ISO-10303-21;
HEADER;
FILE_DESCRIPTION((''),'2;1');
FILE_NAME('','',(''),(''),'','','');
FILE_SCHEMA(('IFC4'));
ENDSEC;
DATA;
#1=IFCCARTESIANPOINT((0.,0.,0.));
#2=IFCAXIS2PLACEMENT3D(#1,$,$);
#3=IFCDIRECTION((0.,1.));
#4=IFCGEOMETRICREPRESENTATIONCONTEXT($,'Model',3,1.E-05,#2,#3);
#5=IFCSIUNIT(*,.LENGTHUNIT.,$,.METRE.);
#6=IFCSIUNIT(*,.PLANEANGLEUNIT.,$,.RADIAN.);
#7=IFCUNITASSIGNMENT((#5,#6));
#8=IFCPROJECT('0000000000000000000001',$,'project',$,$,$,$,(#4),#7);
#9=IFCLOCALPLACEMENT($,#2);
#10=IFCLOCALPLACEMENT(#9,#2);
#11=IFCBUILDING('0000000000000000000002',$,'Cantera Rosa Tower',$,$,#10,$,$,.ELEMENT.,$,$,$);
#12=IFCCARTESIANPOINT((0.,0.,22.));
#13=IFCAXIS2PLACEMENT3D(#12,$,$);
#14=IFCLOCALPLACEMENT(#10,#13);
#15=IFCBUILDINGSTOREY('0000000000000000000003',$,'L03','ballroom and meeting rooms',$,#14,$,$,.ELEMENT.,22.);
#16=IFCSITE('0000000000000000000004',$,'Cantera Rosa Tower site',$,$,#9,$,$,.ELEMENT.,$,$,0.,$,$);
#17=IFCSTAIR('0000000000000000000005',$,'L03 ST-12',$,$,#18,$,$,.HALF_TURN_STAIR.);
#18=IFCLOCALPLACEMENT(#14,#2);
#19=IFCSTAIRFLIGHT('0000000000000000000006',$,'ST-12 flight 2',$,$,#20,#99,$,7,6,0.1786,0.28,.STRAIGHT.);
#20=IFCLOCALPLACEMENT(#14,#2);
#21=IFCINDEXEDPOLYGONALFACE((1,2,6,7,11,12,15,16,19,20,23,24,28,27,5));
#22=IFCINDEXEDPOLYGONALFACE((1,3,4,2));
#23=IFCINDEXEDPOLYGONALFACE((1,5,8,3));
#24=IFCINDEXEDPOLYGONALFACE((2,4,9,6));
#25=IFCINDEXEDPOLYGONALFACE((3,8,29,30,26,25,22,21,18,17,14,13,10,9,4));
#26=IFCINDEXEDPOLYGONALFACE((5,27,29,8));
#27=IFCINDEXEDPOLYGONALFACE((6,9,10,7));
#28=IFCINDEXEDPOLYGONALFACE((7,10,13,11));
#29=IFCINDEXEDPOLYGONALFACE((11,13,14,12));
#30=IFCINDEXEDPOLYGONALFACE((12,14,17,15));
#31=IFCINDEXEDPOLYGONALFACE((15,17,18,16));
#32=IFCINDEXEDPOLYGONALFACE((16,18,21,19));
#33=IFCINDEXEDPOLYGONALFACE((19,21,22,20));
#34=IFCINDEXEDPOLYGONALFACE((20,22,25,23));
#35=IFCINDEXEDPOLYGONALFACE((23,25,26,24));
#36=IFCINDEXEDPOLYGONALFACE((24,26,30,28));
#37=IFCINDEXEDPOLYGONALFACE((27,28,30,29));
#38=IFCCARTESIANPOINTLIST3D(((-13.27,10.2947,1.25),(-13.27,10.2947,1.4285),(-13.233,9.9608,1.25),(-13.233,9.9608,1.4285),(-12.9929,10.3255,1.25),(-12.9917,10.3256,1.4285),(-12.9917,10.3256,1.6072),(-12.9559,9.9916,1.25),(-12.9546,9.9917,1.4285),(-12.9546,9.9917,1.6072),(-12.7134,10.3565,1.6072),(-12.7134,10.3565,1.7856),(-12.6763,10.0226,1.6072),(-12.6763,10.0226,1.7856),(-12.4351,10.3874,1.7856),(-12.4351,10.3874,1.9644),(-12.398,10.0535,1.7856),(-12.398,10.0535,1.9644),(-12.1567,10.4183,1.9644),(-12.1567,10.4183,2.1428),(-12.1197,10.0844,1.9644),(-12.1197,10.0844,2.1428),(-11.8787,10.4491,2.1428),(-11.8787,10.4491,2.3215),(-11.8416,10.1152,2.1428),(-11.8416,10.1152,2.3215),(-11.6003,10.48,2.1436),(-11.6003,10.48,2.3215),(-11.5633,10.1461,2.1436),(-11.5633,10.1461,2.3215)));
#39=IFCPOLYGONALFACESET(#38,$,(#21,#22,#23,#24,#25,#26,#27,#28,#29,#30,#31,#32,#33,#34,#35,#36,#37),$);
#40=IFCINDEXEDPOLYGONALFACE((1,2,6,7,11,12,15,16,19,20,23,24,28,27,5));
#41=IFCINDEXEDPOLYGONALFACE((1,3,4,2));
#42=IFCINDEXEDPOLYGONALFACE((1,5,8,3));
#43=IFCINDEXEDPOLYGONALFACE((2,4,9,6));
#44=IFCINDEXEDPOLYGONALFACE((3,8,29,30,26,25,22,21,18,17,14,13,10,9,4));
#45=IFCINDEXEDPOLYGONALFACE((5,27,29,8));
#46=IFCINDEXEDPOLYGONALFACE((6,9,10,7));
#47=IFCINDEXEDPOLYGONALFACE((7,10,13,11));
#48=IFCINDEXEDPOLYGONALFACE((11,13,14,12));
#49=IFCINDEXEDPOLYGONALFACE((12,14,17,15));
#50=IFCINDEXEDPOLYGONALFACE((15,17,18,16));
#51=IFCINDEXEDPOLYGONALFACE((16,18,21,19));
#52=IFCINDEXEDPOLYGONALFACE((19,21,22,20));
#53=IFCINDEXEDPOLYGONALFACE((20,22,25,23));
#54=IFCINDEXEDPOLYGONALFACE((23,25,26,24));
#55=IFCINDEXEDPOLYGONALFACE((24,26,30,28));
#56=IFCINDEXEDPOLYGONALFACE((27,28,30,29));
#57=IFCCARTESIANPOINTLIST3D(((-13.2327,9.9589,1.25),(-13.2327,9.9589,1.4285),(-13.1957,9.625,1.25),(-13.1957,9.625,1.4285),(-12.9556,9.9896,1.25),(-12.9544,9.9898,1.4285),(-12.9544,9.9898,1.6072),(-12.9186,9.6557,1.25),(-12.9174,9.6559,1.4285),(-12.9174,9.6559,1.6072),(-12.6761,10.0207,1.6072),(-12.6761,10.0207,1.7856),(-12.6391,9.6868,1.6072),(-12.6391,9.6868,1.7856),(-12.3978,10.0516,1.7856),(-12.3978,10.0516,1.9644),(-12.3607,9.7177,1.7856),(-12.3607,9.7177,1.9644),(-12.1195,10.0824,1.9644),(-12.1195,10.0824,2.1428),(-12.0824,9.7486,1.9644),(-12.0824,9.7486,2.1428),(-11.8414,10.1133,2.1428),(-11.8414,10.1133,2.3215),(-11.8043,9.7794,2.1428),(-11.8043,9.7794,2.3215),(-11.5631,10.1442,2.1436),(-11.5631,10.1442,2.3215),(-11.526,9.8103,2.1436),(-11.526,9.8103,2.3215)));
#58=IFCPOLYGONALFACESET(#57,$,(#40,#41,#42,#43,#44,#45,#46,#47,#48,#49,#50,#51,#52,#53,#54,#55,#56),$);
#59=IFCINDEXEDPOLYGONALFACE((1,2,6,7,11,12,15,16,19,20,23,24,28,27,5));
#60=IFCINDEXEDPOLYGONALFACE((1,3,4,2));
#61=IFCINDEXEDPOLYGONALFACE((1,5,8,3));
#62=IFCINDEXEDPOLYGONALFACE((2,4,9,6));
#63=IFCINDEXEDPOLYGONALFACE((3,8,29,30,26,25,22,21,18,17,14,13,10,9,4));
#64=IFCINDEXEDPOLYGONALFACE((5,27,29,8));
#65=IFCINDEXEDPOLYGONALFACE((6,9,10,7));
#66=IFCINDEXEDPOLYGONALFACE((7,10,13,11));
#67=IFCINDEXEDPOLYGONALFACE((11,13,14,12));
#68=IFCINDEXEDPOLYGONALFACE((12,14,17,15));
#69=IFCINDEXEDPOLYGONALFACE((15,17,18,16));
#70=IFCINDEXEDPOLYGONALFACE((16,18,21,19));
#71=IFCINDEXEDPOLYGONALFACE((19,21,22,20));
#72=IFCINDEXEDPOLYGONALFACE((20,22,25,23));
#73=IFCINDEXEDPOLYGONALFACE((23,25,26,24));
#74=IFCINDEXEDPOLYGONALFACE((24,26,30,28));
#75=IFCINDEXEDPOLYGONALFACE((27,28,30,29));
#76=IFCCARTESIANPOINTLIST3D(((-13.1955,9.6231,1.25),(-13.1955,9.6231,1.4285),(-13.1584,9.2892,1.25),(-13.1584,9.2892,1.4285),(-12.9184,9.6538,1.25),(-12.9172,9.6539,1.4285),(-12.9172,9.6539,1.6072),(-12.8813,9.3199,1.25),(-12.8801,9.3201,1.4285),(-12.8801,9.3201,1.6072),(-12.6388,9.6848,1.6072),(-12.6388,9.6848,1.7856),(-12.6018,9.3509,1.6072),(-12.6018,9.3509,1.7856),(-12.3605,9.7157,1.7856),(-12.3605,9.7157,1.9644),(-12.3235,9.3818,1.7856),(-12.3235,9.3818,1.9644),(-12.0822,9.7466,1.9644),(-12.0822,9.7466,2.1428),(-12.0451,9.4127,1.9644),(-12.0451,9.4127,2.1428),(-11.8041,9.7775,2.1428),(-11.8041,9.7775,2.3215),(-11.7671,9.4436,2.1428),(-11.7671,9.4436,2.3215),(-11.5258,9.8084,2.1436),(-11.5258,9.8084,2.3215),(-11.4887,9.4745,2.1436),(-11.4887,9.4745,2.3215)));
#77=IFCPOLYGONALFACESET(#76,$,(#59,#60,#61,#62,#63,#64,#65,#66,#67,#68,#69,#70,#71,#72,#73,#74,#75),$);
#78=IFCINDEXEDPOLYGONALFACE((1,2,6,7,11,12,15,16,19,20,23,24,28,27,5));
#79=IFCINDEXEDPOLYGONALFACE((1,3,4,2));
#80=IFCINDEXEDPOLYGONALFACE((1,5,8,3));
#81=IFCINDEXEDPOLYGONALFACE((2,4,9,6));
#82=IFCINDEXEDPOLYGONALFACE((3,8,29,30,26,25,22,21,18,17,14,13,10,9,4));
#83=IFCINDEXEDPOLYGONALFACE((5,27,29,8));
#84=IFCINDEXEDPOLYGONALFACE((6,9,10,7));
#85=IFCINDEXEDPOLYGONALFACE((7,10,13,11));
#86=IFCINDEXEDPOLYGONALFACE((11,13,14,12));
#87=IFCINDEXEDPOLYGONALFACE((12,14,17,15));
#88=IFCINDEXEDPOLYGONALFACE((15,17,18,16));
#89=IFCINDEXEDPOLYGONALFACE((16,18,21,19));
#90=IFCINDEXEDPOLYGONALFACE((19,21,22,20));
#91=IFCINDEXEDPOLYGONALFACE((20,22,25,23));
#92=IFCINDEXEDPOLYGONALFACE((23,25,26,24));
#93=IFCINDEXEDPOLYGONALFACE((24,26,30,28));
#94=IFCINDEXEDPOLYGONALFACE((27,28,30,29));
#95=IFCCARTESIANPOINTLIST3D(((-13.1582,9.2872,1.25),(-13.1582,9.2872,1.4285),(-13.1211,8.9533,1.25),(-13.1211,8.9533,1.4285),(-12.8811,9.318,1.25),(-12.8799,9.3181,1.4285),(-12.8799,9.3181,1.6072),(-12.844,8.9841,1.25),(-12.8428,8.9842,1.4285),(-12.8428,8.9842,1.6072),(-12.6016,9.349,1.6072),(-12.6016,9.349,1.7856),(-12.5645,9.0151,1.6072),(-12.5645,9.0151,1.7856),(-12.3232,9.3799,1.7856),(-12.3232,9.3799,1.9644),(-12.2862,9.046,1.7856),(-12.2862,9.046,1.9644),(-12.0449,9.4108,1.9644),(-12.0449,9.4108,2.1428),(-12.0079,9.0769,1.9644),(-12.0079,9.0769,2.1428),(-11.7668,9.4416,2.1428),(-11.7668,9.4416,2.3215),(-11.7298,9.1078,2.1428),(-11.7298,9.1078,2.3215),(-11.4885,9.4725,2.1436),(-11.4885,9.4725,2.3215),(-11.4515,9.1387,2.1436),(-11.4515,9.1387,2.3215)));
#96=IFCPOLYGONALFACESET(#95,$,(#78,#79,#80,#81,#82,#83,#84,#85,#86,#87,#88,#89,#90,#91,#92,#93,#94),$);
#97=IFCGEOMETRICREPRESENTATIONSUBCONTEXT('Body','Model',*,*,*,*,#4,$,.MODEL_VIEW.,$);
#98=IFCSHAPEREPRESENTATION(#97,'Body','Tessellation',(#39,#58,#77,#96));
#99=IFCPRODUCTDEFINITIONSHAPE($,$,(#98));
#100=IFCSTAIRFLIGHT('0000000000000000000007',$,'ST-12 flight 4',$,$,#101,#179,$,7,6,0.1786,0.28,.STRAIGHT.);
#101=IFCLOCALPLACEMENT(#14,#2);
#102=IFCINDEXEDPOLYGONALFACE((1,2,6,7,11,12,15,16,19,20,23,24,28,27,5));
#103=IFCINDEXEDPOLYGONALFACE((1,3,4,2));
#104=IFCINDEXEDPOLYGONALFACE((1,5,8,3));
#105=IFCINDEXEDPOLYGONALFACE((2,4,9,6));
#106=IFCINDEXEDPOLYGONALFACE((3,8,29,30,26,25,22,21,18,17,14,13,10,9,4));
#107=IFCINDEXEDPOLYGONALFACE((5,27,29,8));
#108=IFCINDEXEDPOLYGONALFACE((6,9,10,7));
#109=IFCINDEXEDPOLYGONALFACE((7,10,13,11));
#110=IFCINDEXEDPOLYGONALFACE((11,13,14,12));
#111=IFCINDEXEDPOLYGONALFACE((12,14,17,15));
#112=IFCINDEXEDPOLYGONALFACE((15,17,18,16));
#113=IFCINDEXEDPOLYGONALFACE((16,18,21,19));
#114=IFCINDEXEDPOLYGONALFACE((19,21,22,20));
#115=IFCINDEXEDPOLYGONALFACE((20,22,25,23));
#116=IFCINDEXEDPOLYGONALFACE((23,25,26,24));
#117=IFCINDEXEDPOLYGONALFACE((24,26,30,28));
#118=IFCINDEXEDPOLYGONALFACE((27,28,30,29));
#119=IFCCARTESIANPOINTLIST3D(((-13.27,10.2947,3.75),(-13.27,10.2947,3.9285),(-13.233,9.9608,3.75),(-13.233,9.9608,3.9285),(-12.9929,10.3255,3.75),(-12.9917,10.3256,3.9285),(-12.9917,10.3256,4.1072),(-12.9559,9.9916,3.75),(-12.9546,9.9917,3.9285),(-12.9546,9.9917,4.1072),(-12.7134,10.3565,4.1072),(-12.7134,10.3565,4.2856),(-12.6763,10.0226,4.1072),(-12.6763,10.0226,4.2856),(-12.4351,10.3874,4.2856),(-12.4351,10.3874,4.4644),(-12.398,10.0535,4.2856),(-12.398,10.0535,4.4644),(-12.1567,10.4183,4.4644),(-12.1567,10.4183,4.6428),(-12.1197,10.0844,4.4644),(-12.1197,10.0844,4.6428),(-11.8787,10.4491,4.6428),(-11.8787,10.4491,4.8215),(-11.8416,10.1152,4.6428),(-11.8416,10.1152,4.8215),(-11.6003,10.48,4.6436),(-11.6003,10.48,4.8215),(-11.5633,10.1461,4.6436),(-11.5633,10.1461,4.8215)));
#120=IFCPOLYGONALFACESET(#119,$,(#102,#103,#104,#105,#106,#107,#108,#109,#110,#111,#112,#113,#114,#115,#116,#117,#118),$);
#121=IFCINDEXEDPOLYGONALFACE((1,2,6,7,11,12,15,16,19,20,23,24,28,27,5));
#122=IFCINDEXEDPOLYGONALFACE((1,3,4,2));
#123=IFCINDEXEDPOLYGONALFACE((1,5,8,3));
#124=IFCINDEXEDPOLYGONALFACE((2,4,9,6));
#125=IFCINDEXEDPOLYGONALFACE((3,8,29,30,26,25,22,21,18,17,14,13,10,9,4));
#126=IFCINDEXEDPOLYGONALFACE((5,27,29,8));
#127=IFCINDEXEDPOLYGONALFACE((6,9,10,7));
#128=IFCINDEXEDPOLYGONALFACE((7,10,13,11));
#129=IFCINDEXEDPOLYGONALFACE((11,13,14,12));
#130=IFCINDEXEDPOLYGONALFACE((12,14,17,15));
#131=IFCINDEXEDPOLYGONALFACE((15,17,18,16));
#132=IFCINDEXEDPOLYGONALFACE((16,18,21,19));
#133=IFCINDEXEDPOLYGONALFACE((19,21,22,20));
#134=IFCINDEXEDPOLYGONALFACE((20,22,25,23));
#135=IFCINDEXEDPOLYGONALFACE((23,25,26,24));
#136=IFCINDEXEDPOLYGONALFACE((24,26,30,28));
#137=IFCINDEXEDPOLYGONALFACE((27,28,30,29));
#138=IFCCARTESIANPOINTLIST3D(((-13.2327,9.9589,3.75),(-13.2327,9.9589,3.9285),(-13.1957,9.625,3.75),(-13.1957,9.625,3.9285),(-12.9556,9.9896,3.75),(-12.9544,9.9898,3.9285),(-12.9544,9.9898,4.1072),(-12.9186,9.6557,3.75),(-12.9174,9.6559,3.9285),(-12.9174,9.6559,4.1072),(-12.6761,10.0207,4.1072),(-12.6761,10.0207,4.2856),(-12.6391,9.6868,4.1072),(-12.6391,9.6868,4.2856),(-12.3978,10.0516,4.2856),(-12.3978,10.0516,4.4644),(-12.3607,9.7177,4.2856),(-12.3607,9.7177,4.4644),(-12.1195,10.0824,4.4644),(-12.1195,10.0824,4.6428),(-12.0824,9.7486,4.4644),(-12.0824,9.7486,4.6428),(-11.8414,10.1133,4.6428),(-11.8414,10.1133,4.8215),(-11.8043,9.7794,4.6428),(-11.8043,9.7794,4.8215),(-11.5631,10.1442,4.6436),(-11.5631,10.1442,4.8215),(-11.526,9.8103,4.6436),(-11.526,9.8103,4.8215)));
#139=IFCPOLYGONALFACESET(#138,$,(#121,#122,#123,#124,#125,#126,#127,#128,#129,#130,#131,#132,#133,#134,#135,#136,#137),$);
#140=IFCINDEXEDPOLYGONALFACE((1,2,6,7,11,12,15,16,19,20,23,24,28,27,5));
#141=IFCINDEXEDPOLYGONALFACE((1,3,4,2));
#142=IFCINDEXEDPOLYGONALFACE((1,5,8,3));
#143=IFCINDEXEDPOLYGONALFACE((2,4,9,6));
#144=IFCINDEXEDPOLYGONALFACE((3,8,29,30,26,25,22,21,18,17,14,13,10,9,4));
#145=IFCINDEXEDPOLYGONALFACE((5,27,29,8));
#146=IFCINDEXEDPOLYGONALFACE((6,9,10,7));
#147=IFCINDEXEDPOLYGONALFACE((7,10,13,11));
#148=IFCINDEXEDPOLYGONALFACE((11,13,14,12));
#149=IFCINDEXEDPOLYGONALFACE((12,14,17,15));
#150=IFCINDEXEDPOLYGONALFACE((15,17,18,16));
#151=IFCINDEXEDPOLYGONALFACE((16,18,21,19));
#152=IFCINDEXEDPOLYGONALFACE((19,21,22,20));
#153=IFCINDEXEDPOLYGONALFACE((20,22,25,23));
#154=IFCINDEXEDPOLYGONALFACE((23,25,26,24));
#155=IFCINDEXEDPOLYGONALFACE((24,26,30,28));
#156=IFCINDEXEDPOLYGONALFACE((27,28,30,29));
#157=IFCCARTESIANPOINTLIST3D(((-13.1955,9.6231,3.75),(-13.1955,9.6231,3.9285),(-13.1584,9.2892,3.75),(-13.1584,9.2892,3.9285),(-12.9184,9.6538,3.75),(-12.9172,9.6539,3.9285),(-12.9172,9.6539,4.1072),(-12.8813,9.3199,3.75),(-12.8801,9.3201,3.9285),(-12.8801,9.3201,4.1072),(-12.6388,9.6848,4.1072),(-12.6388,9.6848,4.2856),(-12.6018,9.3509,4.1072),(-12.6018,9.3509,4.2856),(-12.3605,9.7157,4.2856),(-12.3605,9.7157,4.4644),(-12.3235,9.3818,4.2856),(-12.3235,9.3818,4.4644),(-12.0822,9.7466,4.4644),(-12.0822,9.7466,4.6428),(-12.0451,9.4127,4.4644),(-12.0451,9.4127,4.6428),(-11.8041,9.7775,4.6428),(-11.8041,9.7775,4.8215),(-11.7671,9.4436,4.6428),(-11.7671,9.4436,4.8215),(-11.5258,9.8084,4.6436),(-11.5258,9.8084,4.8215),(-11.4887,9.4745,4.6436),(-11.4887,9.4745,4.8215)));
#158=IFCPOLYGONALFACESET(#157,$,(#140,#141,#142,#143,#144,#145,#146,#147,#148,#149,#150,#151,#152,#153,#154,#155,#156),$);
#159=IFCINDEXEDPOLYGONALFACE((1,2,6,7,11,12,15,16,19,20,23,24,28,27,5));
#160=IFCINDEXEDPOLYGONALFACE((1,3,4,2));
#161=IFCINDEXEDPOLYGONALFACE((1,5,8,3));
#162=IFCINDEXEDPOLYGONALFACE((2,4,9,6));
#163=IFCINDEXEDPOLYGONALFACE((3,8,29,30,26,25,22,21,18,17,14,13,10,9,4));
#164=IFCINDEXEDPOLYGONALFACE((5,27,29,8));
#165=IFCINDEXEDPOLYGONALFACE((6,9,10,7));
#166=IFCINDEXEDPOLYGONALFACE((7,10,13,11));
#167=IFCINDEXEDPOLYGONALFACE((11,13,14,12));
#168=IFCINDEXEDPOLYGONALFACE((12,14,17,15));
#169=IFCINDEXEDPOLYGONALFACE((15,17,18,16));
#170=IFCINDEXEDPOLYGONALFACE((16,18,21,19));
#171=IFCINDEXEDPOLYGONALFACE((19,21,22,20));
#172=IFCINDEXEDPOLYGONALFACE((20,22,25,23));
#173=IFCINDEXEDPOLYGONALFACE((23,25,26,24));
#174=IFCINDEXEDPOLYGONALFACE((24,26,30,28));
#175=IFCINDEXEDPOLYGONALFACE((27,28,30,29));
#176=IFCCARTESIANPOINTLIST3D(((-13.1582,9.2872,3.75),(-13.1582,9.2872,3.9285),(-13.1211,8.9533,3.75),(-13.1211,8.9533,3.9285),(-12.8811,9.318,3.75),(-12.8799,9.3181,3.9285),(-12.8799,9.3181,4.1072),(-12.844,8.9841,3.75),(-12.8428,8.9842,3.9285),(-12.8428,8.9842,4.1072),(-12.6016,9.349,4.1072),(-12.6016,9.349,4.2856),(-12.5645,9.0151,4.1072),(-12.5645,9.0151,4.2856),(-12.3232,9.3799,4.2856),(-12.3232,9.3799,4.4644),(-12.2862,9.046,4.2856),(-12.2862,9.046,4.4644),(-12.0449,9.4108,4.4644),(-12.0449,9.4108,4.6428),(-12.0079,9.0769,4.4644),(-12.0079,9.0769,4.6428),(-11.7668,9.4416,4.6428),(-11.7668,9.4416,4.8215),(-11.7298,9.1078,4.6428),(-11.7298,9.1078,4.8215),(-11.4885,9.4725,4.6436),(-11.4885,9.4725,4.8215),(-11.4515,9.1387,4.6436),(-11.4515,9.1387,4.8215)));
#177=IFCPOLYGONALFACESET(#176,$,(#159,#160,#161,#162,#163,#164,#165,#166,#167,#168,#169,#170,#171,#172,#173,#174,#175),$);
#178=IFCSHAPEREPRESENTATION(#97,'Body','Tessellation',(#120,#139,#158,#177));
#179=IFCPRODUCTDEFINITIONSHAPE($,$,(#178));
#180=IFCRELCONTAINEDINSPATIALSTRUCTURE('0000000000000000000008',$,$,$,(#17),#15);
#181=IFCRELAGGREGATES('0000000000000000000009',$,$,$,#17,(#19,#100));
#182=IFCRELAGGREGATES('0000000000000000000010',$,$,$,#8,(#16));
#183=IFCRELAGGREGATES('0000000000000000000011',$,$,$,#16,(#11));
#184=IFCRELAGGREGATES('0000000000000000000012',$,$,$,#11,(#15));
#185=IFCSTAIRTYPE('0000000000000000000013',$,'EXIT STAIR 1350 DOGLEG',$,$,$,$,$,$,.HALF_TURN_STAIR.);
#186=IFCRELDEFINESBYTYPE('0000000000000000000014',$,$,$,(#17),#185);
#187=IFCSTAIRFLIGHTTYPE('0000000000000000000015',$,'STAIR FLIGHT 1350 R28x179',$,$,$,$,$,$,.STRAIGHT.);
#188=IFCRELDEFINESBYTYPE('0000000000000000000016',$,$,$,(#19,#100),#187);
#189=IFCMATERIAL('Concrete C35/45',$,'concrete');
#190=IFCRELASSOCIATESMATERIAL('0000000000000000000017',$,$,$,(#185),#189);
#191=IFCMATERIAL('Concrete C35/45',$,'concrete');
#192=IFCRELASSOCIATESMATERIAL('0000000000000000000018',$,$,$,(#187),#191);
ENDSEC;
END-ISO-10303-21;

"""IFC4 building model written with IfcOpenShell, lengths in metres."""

from ifc_helpers import new_model, si_unit, direction, frame, origin, place, context, subcontext, project, spatial, polyline, outline, extrude, material, type_object, element, aggregate, save


model = new_model("IFC4")

# Units and contexts
model_context = context("Model", 3, precision=1e-05, world=origin(), true_north=direction((0.0, 1.0)))
body_context = subcontext(model_context, "Body", "Model", "MODEL_VIEW")
ifc_project = project(units=[si_unit("LENGTHUNIT", "METRE"), si_unit("PLANEANGLEUNIT", "RADIAN")], contexts=[model_context])

# Site, building, storey
site_placement = place(None, origin())
site = spatial("IfcSite", under=ifc_project, at=site_placement, Name="Cantera Rosa Tower site", CompositionType="ELEMENT", RefElevation=0.0)
building_placement = place(site_placement, origin())
building = spatial("IfcBuilding", under=site, at=building_placement, Name="Cantera Rosa Tower", CompositionType="ELEMENT")
storey_placement = place(building_placement, frame((0.0, 0.0, 22.0)))
storey = spatial("IfcBuildingStorey", under=building, at=storey_placement, Name="L03", Description="ballroom and meeting rooms", CompositionType="ELEMENT", Elevation=22.0)

# Stair
ifc_material_1 = material(Name="Concrete C35/45", Category="concrete")
stair_type = type_object("IfcStairType", Name="EXIT STAIR 1350 DOGLEG", PredefinedType="HALF_TURN_STAIR", material=ifc_material_1)
stair_1_placement = place(storey_placement, origin())
stair_1 = element("IfcStair", 1, at=stair_1_placement, inside=storey, type_object=stair_type, Name="L03 ST-12", PredefinedType="HALF_TURN_STAIR")

# Stair flights
ifc_material_2 = material(Name="Concrete C35/45", Category="concrete")
stair_flight_type = type_object("IfcStairFlightType", Name="STAIR FLIGHT 1350 R28x179", PredefinedType="STRAIGHT", material=ifc_material_2)
stair_flight_1_placement = place(storey_placement, frame((-13.1956, 9.6238, 1.25), z_axis=(0.0, 0.0, 1.0), x_axis=(0.993897, 0.110313, 0.0)))
stair_flight_1 = element("IfcStairFlight", 2, at=stair_flight_1_placement, type_object=stair_flight_type, Name="ST-12 flight 2", NumberOfRisers=7, NumberOfTreads=6, PredefinedType="STRAIGHT", RiserHeight=0.1786, TreadLength=0.28, context=body_context, shape_type="SweptSolid", body=[
    extrude(outline(polyline([(0.0, 0.0), (0.0, 0.1785), (0.28, 0.1785), (0.28, 0.3572), (0.5601, 0.3572), (0.5601, 0.5356), (0.8401, 0.5356), (0.8401, 0.7144), (1.1201, 0.7144), (1.1201, 0.8928), (1.3999, 0.8928), (1.3999, 1.0715), (1.6799, 1.0715), (1.6799, 1.25), (1.6799, 0.8936), (0.2788, 0.0), (0.0, 0.0)])), frame((0.0, 0.675, 0.0), z_axis=(0.0, -1.0, 0.0), x_axis=(1.0, 0.0, 0.0)), (0.0, 0.0, 1.0), 0.3359),
    extrude(outline(polyline([(0.0, 0.0), (0.0, 0.1785), (0.28, 0.1785), (0.28, 0.3572), (0.5601, 0.3572), (0.5601, 0.5356), (0.8401, 0.5356), (0.8401, 0.7144), (1.1201, 0.7144), (1.1201, 0.8928), (1.3999, 0.8928), (1.3999, 1.0715), (1.6799, 1.0715), (1.6799, 1.25), (1.6799, 0.8936), (0.2788, 0.0), (0.0, 0.0)])), frame((0.0, 0.3372, 0.0), z_axis=(0.0, -1.0, 0.0), x_axis=(1.0, 0.0, 0.0)), (0.0, 0.0, 1.0), 0.3359),
    extrude(outline(polyline([(0.0, 0.0), (0.0, 0.1785), (0.28, 0.1785), (0.28, 0.3572), (0.5601, 0.3572), (0.5601, 0.5356), (0.8401, 0.5356), (0.8401, 0.7144), (1.1201, 0.7144), (1.1201, 0.8928), (1.3999, 0.8928), (1.3999, 1.0715), (1.6799, 1.0715), (1.6799, 1.25), (1.6799, 0.8936), (0.2788, 0.0), (0.0, 0.0)])), frame((0.0, -0.0007, 0.0), z_axis=(0.0, -1.0, 0.0), x_axis=(1.0, 0.0, 0.0)), (0.0, 0.0, 1.0), 0.3359),
    extrude(outline(polyline([(0.0, 0.0), (0.0, 0.1785), (0.28, 0.1785), (0.28, 0.3572), (0.5601, 0.3572), (0.5601, 0.5356), (0.8401, 0.5356), (0.8401, 0.7144), (1.1201, 0.7144), (1.1201, 0.8928), (1.3999, 0.8928), (1.3999, 1.0715), (1.6799, 1.0715), (1.6799, 1.25), (1.6799, 0.8936), (0.2788, 0.0), (0.0, 0.0)])), frame((0.0, -0.3386, 0.0), z_axis=(0.0, -1.0, 0.0), x_axis=(1.0, 0.0, 0.0)), (0.0, 0.0, 1.0), 0.3359),
])
stair_flight_2_placement = place(storey_placement, frame((-13.1956, 9.6238, 3.75), z_axis=(0.0, 0.0, 1.0), x_axis=(0.993897, 0.110313, 0.0)))
stair_flight_2 = element("IfcStairFlight", 3, at=stair_flight_2_placement, type_object=stair_flight_type, Name="ST-12 flight 4", NumberOfRisers=7, NumberOfTreads=6, PredefinedType="STRAIGHT", RiserHeight=0.1786, TreadLength=0.28, context=body_context, shape_type="SweptSolid", body=[
    extrude(outline(polyline([(0.0, 0.0), (0.0, 0.1785), (0.28, 0.1785), (0.28, 0.3572), (0.5601, 0.3572), (0.5601, 0.5356), (0.8401, 0.5356), (0.8401, 0.7144), (1.1201, 0.7144), (1.1201, 0.8928), (1.3999, 0.8928), (1.3999, 1.0715), (1.6799, 1.0715), (1.6799, 1.25), (1.6799, 0.8936), (0.2788, 0.0), (0.0, 0.0)])), frame((0.0, 0.675, 0.0), z_axis=(0.0, -1.0, 0.0), x_axis=(1.0, 0.0, 0.0)), (0.0, 0.0, 1.0), 0.3359),
    extrude(outline(polyline([(0.0, 0.0), (0.0, 0.1785), (0.28, 0.1785), (0.28, 0.3572), (0.5601, 0.3572), (0.5601, 0.5356), (0.8401, 0.5356), (0.8401, 0.7144), (1.1201, 0.7144), (1.1201, 0.8928), (1.3999, 0.8928), (1.3999, 1.0715), (1.6799, 1.0715), (1.6799, 1.25), (1.6799, 0.8936), (0.2788, 0.0), (0.0, 0.0)])), frame((0.0, 0.3372, 0.0), z_axis=(0.0, -1.0, 0.0), x_axis=(1.0, 0.0, 0.0)), (0.0, 0.0, 1.0), 0.3359),
    extrude(outline(polyline([(0.0, 0.0), (0.0, 0.1785), (0.28, 0.1785), (0.28, 0.3572), (0.5601, 0.3572), (0.5601, 0.5356), (0.8401, 0.5356), (0.8401, 0.7144), (1.1201, 0.7144), (1.1201, 0.8928), (1.3999, 0.8928), (1.3999, 1.0715), (1.6799, 1.0715), (1.6799, 1.25), (1.6799, 0.8936), (0.2788, 0.0), (0.0, 0.0)])), frame((0.0, -0.0007, 0.0), z_axis=(0.0, -1.0, 0.0), x_axis=(1.0, 0.0, 0.0)), (0.0, 0.0, 1.0), 0.3359),
    extrude(outline(polyline([(0.0, 0.0), (0.0, 0.1785), (0.28, 0.1785), (0.28, 0.3572), (0.5601, 0.3572), (0.5601, 0.5356), (0.8401, 0.5356), (0.8401, 0.7144), (1.1201, 0.7144), (1.1201, 0.8928), (1.3999, 0.8928), (1.3999, 1.0715), (1.6799, 1.0715), (1.6799, 1.25), (1.6799, 0.8936), (0.2788, 0.0), (0.0, 0.0)])), frame((0.0, -0.3386, 0.0), z_axis=(0.0, -1.0, 0.0), x_axis=(1.0, 0.0, 0.0)), (0.0, 0.0, 1.0), 0.3359),
])
aggregate(stair_1, [stair_flight_1, stair_flight_2])

save(model, "model.ifc")
